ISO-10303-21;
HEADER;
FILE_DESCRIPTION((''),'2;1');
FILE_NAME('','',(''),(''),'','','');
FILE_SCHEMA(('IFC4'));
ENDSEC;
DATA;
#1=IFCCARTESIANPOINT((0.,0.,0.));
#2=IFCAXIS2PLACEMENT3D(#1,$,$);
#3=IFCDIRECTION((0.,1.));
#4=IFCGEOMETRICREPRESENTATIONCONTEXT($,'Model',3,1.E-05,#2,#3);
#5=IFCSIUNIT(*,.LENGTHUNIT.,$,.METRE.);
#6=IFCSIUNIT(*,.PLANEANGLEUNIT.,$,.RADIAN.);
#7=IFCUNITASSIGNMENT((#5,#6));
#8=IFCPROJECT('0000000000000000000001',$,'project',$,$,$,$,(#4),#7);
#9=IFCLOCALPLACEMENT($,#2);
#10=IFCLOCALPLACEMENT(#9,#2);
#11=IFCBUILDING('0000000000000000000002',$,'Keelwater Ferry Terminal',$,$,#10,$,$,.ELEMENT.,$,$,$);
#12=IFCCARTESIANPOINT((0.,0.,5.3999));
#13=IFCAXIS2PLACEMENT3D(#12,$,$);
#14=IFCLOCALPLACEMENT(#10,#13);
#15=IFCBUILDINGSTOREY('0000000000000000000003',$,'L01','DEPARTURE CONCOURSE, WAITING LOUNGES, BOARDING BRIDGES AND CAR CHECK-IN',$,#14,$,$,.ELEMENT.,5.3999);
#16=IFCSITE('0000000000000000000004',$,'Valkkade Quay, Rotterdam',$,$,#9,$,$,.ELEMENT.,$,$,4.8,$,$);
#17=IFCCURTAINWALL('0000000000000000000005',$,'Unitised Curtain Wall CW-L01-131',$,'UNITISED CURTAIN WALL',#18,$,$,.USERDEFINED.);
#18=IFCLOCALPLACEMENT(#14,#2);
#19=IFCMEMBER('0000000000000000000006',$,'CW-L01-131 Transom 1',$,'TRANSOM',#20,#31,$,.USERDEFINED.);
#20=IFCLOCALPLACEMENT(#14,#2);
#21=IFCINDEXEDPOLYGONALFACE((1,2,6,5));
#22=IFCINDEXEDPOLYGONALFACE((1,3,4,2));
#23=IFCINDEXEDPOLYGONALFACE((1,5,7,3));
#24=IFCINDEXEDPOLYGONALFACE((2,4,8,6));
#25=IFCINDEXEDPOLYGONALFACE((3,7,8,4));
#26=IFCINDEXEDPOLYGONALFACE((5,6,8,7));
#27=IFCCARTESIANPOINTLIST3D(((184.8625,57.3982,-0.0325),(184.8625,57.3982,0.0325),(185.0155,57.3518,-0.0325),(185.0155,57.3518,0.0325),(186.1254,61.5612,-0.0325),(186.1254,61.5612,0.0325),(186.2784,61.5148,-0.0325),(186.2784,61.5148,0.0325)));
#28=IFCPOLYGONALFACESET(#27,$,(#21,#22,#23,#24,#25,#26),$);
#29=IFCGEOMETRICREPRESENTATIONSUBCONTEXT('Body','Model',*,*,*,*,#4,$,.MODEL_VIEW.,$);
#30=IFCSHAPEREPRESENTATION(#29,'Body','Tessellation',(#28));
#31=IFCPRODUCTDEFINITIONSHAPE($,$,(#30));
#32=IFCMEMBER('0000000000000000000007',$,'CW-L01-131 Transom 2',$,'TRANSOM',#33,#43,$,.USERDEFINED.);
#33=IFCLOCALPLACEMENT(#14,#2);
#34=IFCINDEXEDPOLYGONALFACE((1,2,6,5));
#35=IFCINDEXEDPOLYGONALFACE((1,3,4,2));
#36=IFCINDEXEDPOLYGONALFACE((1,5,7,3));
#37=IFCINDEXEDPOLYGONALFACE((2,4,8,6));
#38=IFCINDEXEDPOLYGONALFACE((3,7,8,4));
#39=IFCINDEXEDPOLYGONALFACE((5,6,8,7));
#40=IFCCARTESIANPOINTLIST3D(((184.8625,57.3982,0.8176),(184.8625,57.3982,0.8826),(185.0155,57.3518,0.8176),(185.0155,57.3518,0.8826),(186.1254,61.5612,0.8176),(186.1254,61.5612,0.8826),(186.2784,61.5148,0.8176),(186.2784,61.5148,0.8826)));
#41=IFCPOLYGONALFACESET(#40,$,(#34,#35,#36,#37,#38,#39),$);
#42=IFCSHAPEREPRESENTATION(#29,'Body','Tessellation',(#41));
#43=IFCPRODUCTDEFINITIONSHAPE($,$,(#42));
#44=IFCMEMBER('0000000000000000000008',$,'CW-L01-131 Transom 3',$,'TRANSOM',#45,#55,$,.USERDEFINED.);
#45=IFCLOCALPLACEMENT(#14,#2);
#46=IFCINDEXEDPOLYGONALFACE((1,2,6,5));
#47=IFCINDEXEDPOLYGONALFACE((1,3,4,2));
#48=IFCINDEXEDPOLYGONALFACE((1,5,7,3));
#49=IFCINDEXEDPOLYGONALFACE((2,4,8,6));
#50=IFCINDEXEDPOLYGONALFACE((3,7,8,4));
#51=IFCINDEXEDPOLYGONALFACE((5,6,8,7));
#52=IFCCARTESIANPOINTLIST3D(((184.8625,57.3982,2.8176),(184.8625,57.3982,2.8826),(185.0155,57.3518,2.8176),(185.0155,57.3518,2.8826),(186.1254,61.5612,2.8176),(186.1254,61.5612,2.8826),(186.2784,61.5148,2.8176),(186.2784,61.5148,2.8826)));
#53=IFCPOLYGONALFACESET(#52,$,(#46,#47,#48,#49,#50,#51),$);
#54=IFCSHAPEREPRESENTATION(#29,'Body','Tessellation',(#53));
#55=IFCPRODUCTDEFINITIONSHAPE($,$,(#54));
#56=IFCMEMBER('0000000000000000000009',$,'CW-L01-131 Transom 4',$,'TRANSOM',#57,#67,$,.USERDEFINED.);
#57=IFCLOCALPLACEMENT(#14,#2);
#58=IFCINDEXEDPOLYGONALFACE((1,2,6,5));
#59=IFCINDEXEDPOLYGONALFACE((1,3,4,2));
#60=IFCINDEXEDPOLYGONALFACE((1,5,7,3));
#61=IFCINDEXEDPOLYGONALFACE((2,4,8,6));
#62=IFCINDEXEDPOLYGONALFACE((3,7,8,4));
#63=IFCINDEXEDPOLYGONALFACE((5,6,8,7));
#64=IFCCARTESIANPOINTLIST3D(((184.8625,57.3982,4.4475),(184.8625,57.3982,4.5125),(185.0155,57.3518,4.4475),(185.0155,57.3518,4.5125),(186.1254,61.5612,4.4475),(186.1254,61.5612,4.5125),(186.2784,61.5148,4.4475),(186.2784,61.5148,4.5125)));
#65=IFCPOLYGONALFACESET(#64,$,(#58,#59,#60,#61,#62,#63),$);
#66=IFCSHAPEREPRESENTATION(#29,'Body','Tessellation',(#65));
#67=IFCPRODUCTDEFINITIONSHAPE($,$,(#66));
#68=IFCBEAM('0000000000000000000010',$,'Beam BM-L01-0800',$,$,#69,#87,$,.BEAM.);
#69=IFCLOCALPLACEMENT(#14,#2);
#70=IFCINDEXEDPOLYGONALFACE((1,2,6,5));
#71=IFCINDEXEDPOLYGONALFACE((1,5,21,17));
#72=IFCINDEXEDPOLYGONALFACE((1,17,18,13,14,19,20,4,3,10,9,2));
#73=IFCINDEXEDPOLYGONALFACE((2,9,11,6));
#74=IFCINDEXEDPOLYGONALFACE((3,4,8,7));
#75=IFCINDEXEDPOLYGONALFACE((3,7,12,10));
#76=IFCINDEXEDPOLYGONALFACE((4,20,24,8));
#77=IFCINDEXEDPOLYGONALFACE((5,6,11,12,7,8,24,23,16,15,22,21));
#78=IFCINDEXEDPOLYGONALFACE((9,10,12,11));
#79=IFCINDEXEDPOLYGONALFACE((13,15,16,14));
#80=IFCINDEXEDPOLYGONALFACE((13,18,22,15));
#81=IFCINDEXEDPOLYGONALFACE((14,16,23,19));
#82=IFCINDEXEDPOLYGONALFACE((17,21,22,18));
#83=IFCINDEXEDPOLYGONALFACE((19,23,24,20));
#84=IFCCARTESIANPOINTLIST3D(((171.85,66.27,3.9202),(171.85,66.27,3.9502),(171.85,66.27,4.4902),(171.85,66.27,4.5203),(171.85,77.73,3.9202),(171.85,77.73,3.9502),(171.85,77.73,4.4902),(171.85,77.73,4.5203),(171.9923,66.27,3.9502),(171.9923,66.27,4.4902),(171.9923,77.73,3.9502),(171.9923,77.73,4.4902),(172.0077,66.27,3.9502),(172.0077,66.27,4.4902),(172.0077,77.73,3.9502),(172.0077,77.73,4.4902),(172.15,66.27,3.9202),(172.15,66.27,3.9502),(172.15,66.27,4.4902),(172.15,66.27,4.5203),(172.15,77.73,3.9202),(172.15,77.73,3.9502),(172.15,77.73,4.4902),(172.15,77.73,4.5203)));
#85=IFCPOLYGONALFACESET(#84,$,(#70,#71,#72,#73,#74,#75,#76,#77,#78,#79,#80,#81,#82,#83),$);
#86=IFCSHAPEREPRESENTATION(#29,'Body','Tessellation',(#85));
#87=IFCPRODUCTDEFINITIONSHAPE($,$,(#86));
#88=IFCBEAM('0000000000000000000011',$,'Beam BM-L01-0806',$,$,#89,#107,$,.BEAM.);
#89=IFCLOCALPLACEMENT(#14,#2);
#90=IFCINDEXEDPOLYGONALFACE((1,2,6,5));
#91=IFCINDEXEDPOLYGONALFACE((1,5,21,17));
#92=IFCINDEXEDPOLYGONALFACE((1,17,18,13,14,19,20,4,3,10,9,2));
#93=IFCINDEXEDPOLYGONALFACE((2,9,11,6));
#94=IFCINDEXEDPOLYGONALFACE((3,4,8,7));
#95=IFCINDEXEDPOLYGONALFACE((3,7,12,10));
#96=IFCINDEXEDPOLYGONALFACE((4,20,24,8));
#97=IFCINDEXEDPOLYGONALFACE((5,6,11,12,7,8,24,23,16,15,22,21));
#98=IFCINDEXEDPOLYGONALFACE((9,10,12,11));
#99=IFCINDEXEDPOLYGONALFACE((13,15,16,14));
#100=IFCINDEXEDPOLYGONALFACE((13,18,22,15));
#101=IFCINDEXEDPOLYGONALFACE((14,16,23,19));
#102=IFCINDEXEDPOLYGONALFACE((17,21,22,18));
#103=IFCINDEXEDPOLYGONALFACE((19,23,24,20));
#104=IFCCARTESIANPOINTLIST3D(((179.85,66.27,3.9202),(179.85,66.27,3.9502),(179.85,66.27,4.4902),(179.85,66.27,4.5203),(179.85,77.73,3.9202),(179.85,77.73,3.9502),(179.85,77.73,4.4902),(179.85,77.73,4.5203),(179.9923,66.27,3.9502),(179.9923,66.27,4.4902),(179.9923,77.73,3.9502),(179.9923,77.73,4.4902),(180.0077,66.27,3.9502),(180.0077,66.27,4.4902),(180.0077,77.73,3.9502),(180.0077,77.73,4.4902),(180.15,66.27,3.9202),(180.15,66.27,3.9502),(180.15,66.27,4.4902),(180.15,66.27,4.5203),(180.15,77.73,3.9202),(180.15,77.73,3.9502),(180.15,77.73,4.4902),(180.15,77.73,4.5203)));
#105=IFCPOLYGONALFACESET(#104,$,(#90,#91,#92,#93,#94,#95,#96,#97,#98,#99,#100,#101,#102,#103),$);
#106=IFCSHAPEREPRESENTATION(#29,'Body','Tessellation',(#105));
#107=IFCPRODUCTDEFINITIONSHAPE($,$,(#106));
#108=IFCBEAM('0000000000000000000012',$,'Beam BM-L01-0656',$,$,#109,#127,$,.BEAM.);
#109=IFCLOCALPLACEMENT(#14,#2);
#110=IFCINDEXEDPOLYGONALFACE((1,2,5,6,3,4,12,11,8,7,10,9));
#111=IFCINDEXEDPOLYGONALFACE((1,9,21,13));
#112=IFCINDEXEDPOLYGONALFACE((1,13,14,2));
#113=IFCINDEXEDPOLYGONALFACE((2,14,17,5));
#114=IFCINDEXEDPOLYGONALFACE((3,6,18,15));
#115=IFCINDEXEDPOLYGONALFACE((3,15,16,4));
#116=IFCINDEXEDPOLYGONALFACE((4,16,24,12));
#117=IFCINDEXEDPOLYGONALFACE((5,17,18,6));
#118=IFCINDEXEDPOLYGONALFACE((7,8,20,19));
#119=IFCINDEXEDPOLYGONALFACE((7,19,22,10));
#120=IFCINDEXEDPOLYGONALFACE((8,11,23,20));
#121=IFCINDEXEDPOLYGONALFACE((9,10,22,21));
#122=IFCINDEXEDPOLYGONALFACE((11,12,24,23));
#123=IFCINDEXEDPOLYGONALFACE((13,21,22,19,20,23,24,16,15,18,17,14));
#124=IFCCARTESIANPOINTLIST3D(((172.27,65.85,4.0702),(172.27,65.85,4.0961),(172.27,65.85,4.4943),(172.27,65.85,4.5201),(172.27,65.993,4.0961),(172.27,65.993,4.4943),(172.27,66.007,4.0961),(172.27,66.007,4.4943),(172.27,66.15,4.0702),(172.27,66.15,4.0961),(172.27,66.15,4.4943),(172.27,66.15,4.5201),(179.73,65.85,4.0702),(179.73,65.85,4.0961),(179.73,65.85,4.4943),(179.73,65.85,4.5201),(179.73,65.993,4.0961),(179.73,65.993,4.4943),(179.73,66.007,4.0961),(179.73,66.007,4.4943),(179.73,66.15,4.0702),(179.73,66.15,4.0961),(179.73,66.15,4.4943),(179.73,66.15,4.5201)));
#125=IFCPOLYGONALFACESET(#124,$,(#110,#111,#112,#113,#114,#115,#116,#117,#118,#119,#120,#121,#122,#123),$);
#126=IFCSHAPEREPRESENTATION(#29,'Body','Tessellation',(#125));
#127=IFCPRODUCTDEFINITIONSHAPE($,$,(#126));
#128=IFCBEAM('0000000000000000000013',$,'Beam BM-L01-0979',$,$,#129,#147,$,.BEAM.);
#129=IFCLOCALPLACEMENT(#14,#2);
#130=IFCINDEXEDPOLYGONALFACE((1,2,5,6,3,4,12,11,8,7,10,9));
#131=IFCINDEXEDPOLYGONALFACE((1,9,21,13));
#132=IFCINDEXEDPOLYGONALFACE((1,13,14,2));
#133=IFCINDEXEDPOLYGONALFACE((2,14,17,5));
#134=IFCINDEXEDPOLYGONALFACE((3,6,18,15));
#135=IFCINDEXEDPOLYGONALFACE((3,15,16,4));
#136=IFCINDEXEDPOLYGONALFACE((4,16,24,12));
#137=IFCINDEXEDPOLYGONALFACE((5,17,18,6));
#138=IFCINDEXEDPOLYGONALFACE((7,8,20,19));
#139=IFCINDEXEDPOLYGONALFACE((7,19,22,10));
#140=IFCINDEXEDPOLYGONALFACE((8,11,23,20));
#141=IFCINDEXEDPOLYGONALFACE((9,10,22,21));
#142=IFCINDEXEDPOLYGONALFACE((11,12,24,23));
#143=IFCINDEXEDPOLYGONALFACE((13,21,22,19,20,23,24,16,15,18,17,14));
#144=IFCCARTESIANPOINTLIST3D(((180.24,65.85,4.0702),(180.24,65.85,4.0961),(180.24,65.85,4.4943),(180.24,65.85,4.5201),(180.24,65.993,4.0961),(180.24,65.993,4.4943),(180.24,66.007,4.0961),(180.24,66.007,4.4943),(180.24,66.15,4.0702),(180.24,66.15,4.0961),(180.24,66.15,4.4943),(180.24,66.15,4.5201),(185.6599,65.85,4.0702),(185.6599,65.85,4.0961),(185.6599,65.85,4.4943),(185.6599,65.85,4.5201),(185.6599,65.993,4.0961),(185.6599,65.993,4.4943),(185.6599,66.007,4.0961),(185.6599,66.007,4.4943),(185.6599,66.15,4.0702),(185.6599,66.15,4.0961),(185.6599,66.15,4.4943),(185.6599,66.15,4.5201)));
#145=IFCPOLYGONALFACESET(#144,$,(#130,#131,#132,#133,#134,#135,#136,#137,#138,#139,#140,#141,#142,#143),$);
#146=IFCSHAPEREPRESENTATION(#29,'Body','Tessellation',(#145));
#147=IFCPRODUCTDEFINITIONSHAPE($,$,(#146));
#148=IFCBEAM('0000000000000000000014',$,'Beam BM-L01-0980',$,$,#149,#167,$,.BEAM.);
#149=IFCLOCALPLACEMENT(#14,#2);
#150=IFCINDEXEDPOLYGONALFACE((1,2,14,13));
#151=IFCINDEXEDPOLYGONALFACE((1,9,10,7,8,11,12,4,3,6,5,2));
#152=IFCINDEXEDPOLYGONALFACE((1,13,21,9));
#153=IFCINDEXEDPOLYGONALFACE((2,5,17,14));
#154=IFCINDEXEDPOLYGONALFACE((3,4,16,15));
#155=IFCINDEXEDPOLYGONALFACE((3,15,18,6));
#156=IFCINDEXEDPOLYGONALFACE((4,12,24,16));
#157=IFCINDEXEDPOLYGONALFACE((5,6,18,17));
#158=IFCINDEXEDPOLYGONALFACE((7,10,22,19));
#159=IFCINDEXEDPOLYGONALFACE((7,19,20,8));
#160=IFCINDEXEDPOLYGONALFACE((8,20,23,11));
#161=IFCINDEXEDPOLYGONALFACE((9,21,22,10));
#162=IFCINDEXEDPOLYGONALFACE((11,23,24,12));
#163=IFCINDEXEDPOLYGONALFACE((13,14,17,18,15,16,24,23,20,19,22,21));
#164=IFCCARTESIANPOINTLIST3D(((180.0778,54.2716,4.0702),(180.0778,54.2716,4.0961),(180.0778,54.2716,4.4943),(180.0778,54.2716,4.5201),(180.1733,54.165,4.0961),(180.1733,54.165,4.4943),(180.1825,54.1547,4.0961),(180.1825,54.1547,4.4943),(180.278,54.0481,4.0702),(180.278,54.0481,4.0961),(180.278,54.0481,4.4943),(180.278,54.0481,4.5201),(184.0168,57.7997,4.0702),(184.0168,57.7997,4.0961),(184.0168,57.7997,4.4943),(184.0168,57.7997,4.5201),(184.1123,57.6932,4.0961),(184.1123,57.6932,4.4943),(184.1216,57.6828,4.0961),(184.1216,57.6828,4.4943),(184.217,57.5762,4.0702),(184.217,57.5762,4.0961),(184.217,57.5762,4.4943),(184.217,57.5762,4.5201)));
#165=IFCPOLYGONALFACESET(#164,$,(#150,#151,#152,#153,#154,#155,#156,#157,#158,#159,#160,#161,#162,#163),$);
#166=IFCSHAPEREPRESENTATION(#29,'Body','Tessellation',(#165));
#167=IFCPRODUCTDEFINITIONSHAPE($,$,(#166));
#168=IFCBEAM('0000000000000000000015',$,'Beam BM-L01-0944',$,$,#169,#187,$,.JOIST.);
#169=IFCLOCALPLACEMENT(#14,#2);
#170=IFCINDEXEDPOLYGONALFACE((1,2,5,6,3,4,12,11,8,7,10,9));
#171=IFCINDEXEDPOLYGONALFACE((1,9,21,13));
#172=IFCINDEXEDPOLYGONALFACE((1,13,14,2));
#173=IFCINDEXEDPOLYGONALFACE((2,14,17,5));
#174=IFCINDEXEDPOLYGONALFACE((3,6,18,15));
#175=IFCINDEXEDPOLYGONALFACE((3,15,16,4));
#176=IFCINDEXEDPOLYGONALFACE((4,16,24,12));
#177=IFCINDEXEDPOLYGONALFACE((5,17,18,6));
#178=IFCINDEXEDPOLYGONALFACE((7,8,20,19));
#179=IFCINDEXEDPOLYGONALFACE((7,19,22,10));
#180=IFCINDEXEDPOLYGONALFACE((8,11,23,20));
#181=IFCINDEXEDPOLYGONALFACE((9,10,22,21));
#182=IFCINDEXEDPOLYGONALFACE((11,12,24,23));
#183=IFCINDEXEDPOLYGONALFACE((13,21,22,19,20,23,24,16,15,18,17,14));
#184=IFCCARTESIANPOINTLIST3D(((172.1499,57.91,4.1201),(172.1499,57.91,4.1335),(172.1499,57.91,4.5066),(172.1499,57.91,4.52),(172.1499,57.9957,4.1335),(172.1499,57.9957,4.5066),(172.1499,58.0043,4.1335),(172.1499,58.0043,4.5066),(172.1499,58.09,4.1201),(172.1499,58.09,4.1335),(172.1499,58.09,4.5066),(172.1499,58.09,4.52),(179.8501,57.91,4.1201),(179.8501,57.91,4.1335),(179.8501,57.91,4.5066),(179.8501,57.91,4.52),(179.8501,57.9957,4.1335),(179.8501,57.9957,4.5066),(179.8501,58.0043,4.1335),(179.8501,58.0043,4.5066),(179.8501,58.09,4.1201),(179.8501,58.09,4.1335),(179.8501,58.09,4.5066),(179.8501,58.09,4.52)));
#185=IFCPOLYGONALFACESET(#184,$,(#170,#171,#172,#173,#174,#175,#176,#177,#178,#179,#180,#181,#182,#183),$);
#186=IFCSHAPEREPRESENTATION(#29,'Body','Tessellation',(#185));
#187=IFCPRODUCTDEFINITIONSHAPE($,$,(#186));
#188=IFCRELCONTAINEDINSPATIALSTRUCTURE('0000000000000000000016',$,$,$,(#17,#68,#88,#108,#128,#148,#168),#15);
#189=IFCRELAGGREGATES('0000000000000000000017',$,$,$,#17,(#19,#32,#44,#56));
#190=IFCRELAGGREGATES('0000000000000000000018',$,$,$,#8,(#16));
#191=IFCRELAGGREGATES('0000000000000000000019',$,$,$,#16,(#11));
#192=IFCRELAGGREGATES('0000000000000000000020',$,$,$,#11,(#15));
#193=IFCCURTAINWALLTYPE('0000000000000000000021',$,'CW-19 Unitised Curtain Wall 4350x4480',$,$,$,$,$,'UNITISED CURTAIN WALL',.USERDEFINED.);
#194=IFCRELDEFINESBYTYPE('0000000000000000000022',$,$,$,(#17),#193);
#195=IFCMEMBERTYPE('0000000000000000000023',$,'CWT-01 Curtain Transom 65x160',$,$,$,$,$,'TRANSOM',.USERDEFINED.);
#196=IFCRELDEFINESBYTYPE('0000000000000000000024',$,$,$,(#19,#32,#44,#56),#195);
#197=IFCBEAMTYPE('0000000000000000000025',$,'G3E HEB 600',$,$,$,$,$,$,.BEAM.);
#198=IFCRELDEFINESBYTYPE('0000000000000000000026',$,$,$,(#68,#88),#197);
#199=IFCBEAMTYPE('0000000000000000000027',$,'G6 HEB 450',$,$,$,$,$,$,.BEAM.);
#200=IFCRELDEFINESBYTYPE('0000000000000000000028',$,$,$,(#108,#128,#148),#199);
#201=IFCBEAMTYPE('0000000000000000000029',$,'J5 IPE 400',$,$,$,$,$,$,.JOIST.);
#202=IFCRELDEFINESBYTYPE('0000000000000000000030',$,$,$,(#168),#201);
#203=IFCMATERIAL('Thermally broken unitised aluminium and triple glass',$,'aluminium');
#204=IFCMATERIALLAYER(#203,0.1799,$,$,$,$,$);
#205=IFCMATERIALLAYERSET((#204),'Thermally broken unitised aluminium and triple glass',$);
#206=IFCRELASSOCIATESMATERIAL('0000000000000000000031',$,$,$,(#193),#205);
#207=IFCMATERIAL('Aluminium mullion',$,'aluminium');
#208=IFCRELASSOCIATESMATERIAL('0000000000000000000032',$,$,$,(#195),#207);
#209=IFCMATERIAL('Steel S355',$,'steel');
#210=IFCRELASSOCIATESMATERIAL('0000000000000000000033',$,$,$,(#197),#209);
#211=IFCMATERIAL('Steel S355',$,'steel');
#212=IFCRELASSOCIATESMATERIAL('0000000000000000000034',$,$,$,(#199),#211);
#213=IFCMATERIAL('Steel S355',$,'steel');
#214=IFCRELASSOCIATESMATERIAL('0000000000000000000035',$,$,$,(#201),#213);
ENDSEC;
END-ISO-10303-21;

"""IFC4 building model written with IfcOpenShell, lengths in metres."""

from ifc_helpers import new_model, si_unit, direction, frame, origin, origin_2d, place, context, subcontext, project, spatial, rectangle, i_section, extrude, material, layer, layer_set, material_profile, profile_set, type_object, element, aggregate, save


model = new_model("IFC4")

# Units and contexts
model_context = context("Model", 3, precision=1e-05, world=origin(), true_north=direction((0.0, 1.0)))
body_context = subcontext(model_context, "Body", "Model", "MODEL_VIEW")
ifc_project = project(units=[si_unit("LENGTHUNIT", "METRE"), si_unit("PLANEANGLEUNIT", "RADIAN")], contexts=[model_context])

# Site, building, storey
site_placement = place(None, origin())
site = spatial("IfcSite", under=ifc_project, at=site_placement, Name="Valkkade Quay, Rotterdam", CompositionType="ELEMENT", RefElevation=4.8)
building_placement = place(site_placement, origin())
building = spatial("IfcBuilding", under=site, at=building_placement, Name="Keelwater Ferry Terminal", CompositionType="ELEMENT")
storey_placement = place(building_placement, frame((0.0, 0.0, 5.3999)))
storey = spatial("IfcBuildingStorey", under=building, at=storey_placement, Name="L01", Description="DEPARTURE CONCOURSE, WAITING LOUNGES, BOARDING BRIDGES AND CAR CHECK-IN", CompositionType="ELEMENT", Elevation=5.3999)

# Shared definitions
ifc_material_1 = material(Name="Thermally broken unitised aluminium and triple glass", Category="aluminium")
ifc_layer_1 = layer(ifc_material_1, 0.1799)
ifc_layer_set_1 = layer_set([ifc_layer_1], Name="Thermally broken unitised aluminium and triple glass")
curtain_wall_type = type_object("IfcCurtainWallType", Name="CW-19 Unitised Curtain Wall 4350x4480", ElementType="UNITISED CURTAIN WALL", PredefinedType="USERDEFINED", material=ifc_layer_set_1)

# Curtain wall, members
curtain_wall_1_placement = place(storey_placement, origin())
curtain_wall_1 = element("IfcCurtainWall", 1, at=curtain_wall_1_placement, inside=storey, type_object=curtain_wall_type, Name="Unitised Curtain Wall CW-L01-131", ObjectType="UNITISED CURTAIN WALL", PredefinedType="USERDEFINED")
ifc_material_2 = material(Name="Aluminium mullion", Category="aluminium")
ifc_material_profile_1 = material_profile(ifc_material_2, rectangle(XDim=0.1599, YDim=0.0649, at=origin_2d()), Name="CWT-01")
ifc_profile_set_1 = profile_set([ifc_material_profile_1], Name="Aluminium mullion")
member_type_1 = type_object("IfcMemberType", Name="CWT-01 Curtain Transom 65x160", ElementType="TRANSOM", PredefinedType="USERDEFINED", material=ifc_profile_set_1)
member_1_placement = place(storey_placement, frame((184.939, 57.375, 0.0), z_axis=(0.290302, 0.956935, 0.0), x_axis=(-0.956935, 0.290302, 0.0)))
member_1 = element("IfcMember", 2, at=member_1_placement, type_object=member_type_1, Name="CW-L01-131 Transom 1", ObjectType="TRANSOM", PredefinedType="USERDEFINED", context=body_context, shape_type="SweptSolid", body=[
    extrude(rectangle(XDim=0.1599, YDim=0.0649, at=origin_2d()), origin(), (0.0, 0.0, 1.0), 4.3503),
])
member_2_placement = place(storey_placement, frame((184.939, 57.375, 0.8501), z_axis=(0.290302, 0.956935, 0.0), x_axis=(-0.956935, 0.290302, 0.0)))
member_2 = element("IfcMember", 3, at=member_2_placement, type_object=member_type_1, Name="CW-L01-131 Transom 2", ObjectType="TRANSOM", PredefinedType="USERDEFINED", context=body_context, shape_type="SweptSolid", body=[
    extrude(rectangle(XDim=0.1599, YDim=0.0649, at=origin_2d()), origin(), (0.0, 0.0, 1.0), 4.3503),
])
member_3_placement = place(storey_placement, frame((184.939, 57.375, 2.8501), z_axis=(0.290302, 0.956935, 0.0), x_axis=(-0.956935, 0.290302, 0.0)))
member_3 = element("IfcMember", 4, at=member_3_placement, type_object=member_type_1, Name="CW-L01-131 Transom 3", ObjectType="TRANSOM", PredefinedType="USERDEFINED", context=body_context, shape_type="SweptSolid", body=[
    extrude(rectangle(XDim=0.1599, YDim=0.0649, at=origin_2d()), origin(), (0.0, 0.0, 1.0), 4.3503),
])
member_4_placement = place(storey_placement, frame((184.939, 57.375, 4.48), z_axis=(0.290302, 0.956935, 0.0), x_axis=(-0.956935, 0.290302, 0.0)))
member_4 = element("IfcMember", 5, at=member_4_placement, type_object=member_type_1, Name="CW-L01-131 Transom 4", ObjectType="TRANSOM", PredefinedType="USERDEFINED", context=body_context, shape_type="SweptSolid", body=[
    extrude(rectangle(XDim=0.1599, YDim=0.0649, at=origin_2d()), origin(), (0.0, 0.0, 1.0), 4.3503),
])

# Beams
ifc_material_3 = material(Name="Steel S355", Category="steel")
ifc_material_profile_2 = material_profile(ifc_material_3, i_section(OverallWidth=0.3, OverallDepth=0.6001, WebThickness=0.0154, FlangeThickness=0.03, at=origin_2d()), Name="HEB 600")
ifc_profile_set_2 = profile_set([ifc_material_profile_2], Name="Steel S355")
beam_type_1 = type_object("IfcBeamType", Name="G3E HEB 600", PredefinedType="BEAM", material=ifc_profile_set_2)
for number, where, z_axis, x_axis, name in (
    (6, (172.0, 66.27, 4.2202), (0.0, 1.0, 0.0), (-1.0, 0.0, 0.0), "Beam BM-L01-0800"),
    (7, (180.0, 66.27, 4.2202), (0.0, 1.0, 0.0), (-1.0, 0.0, 0.0), "Beam BM-L01-0806"),
):
    element("IfcBeam", number, at=place(storey_placement, frame(where, z_axis=z_axis, x_axis=x_axis)), inside=storey, type_object=beam_type_1, Name=name, PredefinedType="BEAM", context=body_context, shape_type="SweptSolid", body=[
        extrude(i_section(OverallWidth=0.3, OverallDepth=0.6001, WebThickness=0.0154, FlangeThickness=0.03, at=origin_2d()), origin(), (0.0, 0.0, 1.0), 11.46),
    ])
ifc_material_4 = material(Name="Steel S355", Category="steel")
ifc_material_profile_3 = material_profile(ifc_material_4, i_section(OverallWidth=0.3, OverallDepth=0.45, WebThickness=0.0139, FlangeThickness=0.0259, at=origin_2d()), Name="HEB 450")
ifc_profile_set_3 = profile_set([ifc_material_profile_3], Name="Steel S355")
beam_type_2 = type_object("IfcBeamType", Name="G6 HEB 450", PredefinedType="BEAM", material=ifc_profile_set_3)
beam_1_placement = place(storey_placement, frame((172.27, 66.0, 4.2952), z_axis=(1.0, 0.0, 0.0), x_axis=(0.0, 1.0, 0.0)))
element("IfcBeam", 8, at=beam_1_placement, inside=storey, type_object=beam_type_2, Name="Beam BM-L01-0656", PredefinedType="BEAM", context=body_context, shape_type="SweptSolid", body=[
    extrude(i_section(OverallWidth=0.3, OverallDepth=0.45, WebThickness=0.0139, FlangeThickness=0.0259, at=origin_2d()), origin(), (0.0, 0.0, 1.0), 7.46),
])
beam_2_placement = place(storey_placement, frame((185.6599, 66.0, 4.2952), z_axis=(-1.0, 0.0, 0.0), x_axis=(0.0, -1.0, 0.0)))
element("IfcBeam", 9, at=beam_2_placement, inside=storey, type_object=beam_type_2, Name="Beam BM-L01-0979", PredefinedType="BEAM", context=body_context, shape_type="SweptSolid", body=[
    extrude(i_section(OverallWidth=0.3, OverallDepth=0.45, WebThickness=0.0139, FlangeThickness=0.0259, at=origin_2d()), origin(), (0.0, 0.0, 1.0), 5.4199),
])
beam_3_placement = place(storey_placement, frame((184.1169, 57.688, 4.2952), z_axis=(-0.74489, -0.667187, 0.0), x_axis=(0.667187, -0.74489, 0.0)))
element("IfcBeam", 10, at=beam_3_placement, inside=storey, type_object=beam_type_2, Name="Beam BM-L01-0980", PredefinedType="BEAM", context=body_context, shape_type="SweptSolid", body=[
    extrude(i_section(OverallWidth=0.3, OverallDepth=0.45, WebThickness=0.0139, FlangeThickness=0.0259, at=origin_2d()), origin(), (0.0, 0.0, 1.0), 5.2881),
])
ifc_material_5 = material(Name="Steel S355", Category="steel")
ifc_material_profile_4 = material_profile(ifc_material_5, i_section(OverallWidth=0.1799, OverallDepth=0.3999, WebThickness=0.0085, FlangeThickness=0.0134, at=origin_2d()), Name="IPE 400")
ifc_profile_set_4 = profile_set([ifc_material_profile_4], Name="Steel S355")
beam_type_3 = type_object("IfcBeamType", Name="J5 IPE 400", PredefinedType="JOIST", material=ifc_profile_set_4)
for number, where, z_axis, x_axis, name in (
    (11, (172.1499, 58.0, 4.3201), (1.0, 0.0, 0.0), (0.0, 1.0, 0.0), "Beam BM-L01-0944"),
):
    element("IfcBeam", number, at=place(storey_placement, frame(where, z_axis=z_axis, x_axis=x_axis)), inside=storey, type_object=beam_type_3, Name=name, PredefinedType="JOIST", context=body_context, shape_type="SweptSolid", body=[
        extrude(i_section(OverallWidth=0.1799, OverallDepth=0.3999, WebThickness=0.0085, FlangeThickness=0.0134, at=origin_2d()), origin(), (0.0, 0.0, 1.0), 7.7002),
    ])

aggregate(curtain_wall_1, [member_1, member_2, member_3, member_4])

save(model, "model.ifc")
